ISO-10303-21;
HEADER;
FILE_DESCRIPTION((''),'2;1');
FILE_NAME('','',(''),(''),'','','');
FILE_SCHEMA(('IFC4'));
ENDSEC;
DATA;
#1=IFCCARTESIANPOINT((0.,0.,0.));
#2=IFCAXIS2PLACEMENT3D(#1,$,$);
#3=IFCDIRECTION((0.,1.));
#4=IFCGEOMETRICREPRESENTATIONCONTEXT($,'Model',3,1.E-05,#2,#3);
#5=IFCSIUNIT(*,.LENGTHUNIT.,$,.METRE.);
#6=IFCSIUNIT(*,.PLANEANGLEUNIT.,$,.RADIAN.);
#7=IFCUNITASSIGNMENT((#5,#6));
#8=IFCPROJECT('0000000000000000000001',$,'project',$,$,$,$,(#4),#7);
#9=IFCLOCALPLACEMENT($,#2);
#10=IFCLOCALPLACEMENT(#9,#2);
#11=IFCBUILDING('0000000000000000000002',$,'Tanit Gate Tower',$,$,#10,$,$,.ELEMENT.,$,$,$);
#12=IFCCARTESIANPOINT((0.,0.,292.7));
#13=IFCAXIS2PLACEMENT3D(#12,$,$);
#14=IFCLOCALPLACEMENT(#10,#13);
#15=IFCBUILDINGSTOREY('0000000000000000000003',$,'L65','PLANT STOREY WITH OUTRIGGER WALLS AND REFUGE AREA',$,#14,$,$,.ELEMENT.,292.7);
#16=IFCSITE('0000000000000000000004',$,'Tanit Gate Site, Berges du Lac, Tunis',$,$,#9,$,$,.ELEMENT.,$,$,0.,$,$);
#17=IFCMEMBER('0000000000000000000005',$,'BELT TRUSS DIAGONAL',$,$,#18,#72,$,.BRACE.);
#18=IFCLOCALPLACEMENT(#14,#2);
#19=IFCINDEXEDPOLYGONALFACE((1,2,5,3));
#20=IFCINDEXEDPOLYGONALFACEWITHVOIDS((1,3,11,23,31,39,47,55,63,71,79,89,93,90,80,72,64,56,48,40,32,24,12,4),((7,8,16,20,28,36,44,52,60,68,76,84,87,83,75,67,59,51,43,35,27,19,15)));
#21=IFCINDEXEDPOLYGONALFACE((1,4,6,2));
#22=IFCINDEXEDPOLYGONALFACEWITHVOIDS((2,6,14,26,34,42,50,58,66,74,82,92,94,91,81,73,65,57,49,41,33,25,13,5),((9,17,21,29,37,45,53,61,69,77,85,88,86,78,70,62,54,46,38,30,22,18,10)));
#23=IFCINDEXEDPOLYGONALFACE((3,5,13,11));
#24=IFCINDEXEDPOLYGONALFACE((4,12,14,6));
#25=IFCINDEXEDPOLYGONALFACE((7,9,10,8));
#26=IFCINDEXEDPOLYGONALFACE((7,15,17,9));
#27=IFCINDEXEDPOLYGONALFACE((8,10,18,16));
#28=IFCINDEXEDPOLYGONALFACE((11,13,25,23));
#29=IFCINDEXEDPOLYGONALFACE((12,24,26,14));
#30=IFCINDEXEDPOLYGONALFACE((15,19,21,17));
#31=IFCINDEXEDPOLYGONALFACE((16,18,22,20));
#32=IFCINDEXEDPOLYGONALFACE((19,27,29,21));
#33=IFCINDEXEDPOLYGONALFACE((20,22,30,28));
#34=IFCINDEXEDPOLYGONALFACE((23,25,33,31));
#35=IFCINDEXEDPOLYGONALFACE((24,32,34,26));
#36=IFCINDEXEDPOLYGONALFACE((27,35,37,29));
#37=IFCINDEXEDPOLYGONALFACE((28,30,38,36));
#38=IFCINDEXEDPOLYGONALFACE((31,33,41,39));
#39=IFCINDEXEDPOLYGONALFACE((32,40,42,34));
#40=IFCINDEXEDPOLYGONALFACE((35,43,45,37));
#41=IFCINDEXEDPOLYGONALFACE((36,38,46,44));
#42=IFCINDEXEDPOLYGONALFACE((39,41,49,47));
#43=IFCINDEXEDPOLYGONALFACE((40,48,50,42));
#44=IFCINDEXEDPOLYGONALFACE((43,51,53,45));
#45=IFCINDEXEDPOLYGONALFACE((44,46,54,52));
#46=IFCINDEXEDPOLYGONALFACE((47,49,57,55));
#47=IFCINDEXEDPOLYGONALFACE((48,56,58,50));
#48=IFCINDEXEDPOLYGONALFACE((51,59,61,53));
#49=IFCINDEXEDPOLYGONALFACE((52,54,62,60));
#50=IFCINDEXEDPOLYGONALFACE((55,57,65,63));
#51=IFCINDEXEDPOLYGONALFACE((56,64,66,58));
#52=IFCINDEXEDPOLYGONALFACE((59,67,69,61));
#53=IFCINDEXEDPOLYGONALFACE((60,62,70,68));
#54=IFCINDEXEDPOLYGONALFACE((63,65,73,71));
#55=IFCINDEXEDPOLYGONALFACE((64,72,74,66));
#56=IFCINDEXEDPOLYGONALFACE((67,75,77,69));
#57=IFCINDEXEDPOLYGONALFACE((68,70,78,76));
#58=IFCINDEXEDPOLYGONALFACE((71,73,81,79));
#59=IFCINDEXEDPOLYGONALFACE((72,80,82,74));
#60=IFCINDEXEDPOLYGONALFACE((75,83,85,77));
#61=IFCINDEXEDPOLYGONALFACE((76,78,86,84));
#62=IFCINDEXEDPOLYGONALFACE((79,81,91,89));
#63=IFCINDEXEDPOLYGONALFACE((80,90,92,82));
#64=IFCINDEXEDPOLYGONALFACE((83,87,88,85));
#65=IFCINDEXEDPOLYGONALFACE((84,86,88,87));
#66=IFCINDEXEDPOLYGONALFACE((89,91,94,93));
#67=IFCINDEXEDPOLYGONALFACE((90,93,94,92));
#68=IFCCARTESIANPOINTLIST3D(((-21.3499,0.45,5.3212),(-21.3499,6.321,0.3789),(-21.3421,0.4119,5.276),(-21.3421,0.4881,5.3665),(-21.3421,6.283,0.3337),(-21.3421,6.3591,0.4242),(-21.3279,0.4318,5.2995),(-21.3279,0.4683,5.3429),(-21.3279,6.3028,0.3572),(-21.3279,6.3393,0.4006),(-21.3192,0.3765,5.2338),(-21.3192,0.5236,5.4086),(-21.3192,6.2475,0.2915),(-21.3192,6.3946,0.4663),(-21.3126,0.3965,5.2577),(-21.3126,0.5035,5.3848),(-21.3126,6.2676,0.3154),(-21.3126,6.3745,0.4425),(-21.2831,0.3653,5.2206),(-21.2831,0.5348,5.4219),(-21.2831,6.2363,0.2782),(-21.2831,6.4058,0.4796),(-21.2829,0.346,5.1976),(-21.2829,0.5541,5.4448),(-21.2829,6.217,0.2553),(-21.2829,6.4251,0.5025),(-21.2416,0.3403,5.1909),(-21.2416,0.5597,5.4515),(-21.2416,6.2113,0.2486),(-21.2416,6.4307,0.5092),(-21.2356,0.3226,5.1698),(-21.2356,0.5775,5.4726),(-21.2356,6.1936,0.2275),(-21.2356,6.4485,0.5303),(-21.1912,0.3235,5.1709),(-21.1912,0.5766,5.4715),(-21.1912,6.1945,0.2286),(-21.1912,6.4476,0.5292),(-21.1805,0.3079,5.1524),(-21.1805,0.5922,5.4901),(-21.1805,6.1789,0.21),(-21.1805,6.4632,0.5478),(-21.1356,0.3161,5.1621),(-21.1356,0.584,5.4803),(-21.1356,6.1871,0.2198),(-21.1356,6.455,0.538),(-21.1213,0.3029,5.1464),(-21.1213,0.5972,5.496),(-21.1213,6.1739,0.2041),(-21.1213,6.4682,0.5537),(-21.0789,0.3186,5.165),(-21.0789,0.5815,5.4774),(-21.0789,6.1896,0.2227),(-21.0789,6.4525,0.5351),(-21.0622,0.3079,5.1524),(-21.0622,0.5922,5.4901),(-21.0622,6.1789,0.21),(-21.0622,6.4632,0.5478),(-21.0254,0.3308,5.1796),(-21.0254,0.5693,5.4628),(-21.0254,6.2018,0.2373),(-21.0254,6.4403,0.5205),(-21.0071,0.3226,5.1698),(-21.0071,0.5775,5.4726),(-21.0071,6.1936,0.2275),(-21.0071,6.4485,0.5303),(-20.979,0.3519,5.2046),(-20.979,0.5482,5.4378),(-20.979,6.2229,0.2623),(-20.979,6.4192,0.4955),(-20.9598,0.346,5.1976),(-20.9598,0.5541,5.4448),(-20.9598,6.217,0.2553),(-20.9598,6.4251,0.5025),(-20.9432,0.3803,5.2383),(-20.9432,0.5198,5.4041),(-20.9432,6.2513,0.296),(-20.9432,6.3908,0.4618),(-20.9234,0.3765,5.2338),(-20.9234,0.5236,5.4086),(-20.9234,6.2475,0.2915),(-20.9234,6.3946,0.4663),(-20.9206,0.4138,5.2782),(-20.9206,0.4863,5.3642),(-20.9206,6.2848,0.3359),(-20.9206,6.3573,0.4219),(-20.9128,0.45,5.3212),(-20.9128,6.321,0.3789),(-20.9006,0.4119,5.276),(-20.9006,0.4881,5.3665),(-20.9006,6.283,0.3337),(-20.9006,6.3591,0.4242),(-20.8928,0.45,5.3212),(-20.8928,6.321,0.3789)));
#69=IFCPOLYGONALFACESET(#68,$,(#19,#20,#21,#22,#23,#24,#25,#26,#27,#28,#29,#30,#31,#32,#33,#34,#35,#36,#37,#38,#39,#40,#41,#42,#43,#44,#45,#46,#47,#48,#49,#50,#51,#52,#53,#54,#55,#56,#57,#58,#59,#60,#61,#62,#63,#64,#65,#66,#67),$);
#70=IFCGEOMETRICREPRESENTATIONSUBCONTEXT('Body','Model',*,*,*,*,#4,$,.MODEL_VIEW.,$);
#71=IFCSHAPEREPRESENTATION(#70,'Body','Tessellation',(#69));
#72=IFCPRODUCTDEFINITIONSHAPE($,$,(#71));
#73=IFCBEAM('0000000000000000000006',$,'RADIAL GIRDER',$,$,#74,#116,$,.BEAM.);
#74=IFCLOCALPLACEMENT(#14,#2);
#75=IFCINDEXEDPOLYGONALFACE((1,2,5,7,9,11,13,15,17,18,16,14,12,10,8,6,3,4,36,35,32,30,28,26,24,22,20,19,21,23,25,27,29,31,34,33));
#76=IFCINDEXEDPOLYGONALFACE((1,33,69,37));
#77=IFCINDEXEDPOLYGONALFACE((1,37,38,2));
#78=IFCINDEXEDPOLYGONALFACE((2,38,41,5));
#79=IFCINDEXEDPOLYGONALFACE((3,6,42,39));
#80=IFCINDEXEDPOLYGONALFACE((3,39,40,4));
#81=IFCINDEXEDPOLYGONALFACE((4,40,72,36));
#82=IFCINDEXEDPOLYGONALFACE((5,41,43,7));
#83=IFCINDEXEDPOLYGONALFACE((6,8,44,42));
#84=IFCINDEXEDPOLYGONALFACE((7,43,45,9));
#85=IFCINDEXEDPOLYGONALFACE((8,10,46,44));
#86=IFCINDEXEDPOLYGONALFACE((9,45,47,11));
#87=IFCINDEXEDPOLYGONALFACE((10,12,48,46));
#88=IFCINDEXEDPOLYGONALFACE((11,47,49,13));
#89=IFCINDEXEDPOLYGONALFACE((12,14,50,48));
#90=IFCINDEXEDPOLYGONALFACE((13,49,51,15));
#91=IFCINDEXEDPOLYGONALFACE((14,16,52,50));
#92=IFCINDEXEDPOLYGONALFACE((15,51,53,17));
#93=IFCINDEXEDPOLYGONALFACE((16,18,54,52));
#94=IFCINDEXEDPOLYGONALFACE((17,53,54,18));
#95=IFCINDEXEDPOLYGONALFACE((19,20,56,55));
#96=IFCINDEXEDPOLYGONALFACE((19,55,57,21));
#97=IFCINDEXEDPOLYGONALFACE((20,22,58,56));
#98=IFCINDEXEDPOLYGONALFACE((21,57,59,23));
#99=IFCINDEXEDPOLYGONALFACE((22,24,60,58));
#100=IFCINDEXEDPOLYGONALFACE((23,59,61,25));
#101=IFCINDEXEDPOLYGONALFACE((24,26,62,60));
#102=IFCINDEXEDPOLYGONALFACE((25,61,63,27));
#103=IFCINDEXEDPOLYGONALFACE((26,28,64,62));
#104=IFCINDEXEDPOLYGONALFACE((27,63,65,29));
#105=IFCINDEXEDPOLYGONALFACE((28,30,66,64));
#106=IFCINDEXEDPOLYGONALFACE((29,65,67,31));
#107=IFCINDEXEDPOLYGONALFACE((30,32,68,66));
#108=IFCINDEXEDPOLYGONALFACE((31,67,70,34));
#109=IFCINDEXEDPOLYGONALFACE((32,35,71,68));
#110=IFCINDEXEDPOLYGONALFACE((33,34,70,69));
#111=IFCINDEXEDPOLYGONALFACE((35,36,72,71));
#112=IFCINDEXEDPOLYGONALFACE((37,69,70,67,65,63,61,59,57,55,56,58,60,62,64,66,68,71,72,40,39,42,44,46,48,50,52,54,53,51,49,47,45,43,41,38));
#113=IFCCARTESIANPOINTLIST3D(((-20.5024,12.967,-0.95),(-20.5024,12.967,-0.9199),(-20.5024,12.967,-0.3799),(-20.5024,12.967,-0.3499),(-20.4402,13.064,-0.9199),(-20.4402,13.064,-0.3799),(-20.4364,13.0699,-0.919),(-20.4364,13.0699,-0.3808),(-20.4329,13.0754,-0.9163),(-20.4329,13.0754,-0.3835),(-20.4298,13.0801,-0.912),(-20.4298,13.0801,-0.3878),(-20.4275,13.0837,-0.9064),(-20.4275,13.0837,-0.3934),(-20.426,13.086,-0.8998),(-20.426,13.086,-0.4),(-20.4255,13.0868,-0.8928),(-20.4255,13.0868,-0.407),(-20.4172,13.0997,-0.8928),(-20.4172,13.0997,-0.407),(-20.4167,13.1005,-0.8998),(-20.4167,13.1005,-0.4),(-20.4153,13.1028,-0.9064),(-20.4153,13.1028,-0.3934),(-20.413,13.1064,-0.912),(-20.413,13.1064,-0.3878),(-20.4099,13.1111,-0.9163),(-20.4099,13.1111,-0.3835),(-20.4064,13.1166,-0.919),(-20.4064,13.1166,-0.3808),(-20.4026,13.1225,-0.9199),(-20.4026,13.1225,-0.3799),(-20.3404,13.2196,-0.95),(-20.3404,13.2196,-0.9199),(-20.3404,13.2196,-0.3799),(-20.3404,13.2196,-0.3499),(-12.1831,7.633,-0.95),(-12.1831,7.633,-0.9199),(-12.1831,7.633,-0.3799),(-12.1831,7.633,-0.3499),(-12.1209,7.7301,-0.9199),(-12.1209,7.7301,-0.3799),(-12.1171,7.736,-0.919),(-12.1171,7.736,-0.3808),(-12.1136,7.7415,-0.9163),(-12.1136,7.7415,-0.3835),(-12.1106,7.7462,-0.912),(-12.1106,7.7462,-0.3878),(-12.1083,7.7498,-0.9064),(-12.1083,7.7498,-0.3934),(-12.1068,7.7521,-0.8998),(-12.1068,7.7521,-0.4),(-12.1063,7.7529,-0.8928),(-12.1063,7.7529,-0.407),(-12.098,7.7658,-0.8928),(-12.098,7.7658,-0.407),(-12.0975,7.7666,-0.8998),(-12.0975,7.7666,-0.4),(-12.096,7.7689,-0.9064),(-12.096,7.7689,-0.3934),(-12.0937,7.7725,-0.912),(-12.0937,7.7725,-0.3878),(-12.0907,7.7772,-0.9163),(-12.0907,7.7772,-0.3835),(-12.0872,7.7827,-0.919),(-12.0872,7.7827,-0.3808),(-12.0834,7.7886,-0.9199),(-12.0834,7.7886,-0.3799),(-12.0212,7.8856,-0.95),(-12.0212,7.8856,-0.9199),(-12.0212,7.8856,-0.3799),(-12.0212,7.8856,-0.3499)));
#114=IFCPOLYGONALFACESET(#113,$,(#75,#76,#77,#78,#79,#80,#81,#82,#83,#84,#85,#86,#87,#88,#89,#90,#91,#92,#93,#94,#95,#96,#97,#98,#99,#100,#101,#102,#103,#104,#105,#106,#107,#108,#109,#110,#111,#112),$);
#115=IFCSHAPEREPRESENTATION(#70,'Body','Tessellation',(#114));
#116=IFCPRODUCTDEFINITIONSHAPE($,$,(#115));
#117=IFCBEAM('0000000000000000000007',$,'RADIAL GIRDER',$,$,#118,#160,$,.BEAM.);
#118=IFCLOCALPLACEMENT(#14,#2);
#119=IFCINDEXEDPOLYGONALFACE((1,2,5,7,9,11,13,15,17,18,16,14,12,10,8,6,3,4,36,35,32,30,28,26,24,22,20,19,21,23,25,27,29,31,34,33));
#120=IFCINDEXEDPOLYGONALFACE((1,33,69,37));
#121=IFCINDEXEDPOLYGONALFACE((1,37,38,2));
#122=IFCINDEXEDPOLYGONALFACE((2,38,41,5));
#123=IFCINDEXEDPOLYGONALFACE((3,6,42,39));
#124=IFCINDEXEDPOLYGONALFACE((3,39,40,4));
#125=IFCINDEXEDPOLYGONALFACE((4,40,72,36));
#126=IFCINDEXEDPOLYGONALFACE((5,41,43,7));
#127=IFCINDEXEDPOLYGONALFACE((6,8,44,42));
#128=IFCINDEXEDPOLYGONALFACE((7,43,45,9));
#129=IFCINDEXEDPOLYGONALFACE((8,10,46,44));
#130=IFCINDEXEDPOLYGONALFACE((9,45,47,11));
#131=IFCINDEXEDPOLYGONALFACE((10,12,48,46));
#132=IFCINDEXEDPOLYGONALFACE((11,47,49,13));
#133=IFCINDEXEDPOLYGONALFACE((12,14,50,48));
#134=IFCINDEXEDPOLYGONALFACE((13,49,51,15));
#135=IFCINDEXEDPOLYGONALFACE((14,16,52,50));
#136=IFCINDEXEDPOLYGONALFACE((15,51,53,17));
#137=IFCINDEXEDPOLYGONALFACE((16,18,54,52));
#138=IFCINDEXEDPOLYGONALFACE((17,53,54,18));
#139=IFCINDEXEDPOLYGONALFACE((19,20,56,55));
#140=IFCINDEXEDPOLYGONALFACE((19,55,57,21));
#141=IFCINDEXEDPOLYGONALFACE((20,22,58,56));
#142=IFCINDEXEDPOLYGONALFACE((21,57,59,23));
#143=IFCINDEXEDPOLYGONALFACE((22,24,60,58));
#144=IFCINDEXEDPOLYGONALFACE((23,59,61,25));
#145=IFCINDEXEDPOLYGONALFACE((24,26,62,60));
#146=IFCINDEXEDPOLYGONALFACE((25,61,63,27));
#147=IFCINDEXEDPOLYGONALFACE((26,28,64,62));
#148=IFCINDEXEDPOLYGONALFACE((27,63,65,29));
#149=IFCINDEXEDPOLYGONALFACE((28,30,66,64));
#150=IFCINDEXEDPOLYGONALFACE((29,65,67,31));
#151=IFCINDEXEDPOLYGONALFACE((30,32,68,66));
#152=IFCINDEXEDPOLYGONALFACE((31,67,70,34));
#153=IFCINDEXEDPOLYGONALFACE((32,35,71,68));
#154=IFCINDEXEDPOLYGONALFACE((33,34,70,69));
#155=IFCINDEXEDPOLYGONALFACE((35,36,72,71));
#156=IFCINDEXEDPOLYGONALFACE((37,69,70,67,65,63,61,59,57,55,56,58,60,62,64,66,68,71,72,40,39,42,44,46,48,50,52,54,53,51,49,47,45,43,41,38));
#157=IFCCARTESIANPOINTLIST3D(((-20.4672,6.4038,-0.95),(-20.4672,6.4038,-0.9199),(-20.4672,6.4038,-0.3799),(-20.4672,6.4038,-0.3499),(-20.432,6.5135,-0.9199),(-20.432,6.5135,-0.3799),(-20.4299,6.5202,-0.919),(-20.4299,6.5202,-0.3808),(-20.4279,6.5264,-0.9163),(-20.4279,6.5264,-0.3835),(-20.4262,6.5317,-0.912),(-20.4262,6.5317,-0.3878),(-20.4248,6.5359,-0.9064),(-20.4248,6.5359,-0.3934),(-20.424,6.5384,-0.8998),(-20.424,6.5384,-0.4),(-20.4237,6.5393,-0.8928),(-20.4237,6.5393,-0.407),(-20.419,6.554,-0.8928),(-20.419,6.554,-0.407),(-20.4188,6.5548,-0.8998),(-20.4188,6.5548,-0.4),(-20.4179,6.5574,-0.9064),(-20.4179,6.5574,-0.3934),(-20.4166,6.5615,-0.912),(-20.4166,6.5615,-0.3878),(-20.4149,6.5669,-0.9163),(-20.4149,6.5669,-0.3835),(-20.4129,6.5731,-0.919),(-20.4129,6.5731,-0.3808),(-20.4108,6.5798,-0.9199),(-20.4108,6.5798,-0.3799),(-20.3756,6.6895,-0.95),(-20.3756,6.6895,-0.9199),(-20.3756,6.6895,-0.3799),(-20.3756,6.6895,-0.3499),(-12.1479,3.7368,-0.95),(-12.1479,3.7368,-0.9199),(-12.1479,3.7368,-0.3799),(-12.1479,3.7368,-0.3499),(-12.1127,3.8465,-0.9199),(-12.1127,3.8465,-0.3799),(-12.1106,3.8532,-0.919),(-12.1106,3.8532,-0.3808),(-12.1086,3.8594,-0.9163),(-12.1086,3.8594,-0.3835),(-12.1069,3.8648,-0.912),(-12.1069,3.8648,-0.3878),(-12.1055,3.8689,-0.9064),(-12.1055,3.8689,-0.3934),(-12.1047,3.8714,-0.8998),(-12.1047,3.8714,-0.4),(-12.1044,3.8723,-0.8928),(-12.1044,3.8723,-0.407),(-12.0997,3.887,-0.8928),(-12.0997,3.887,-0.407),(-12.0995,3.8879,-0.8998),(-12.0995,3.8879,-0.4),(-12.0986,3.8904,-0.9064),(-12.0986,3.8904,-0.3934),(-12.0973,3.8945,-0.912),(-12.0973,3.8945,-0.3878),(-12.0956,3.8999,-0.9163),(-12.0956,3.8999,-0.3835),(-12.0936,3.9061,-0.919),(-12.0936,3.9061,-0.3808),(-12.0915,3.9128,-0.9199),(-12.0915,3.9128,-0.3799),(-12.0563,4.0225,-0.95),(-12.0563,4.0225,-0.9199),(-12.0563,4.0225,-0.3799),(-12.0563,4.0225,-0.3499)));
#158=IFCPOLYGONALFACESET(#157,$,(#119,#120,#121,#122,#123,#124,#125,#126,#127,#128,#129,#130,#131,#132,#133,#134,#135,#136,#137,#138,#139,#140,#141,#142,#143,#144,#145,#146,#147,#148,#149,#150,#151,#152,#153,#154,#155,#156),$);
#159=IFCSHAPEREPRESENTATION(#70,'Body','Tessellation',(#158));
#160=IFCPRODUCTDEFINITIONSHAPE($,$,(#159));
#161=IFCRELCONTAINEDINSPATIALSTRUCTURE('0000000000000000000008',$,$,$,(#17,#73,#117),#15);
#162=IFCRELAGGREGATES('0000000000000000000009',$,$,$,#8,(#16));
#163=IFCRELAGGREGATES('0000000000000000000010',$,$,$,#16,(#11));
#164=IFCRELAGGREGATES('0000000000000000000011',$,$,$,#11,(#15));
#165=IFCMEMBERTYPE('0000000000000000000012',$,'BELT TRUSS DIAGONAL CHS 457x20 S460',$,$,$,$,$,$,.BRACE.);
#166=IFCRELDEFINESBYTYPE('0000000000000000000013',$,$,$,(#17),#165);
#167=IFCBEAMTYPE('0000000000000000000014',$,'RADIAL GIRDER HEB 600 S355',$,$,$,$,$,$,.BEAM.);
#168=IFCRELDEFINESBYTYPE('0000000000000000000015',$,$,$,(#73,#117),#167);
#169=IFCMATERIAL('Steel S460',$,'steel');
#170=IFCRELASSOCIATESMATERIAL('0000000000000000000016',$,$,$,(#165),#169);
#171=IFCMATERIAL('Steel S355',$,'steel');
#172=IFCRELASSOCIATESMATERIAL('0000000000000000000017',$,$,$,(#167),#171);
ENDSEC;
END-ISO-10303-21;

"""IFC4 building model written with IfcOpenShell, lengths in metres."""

from ifc_helpers import new_model, si_unit, direction, frame, origin, origin_2d, place, context, subcontext, project, spatial, hollow_circle, i_section, extrude, material, material_profile, profile_set, type_object, element, save


model = new_model("IFC4")

# Units and contexts
model_context = context("Model", 3, precision=1e-05, world=origin(), true_north=direction((0.0, 1.0)))
body_context = subcontext(model_context, "Body", "Model", "MODEL_VIEW")
ifc_project = project(units=[si_unit("LENGTHUNIT", "METRE"), si_unit("PLANEANGLEUNIT", "RADIAN")], contexts=[model_context])

# Site, building, storey
site_placement = place(None, origin())
site = spatial("IfcSite", under=ifc_project, at=site_placement, Name="Tanit Gate Site, Berges du Lac, Tunis", CompositionType="ELEMENT", RefElevation=0.0)
building_placement = place(site_placement, origin())
building = spatial("IfcBuilding", under=site, at=building_placement, Name="Tanit Gate Tower", CompositionType="ELEMENT")
storey_placement = place(building_placement, frame((0.0, 0.0, 292.7)))
storey = spatial("IfcBuildingStorey", under=building, at=storey_placement, Name="L65", Description="PLANT STOREY WITH OUTRIGGER WALLS AND REFUGE AREA", CompositionType="ELEMENT", Elevation=292.7)

# Member
ifc_material_1 = material(Name="Steel S460", Category="steel")
ifc_material_profile_1 = material_profile(ifc_material_1, hollow_circle(Radius=0.2285, WallThickness=0.02, at=origin_2d()), Name="CHS 457x20")
ifc_profile_set_1 = profile_set([ifc_material_profile_1], Name="Steel S460")
member_type = type_object("IfcMemberType", Name="BELT TRUSS DIAGONAL CHS 457x20 S460", PredefinedType="BRACE", material=ifc_profile_set_1)
for number, where, z_axis, x_axis, name in (
    (1, (-21.1213, 6.321, 0.3789), (0.0, -0.76502, 0.644006), (1.0, 0.0, 0.0), "BELT TRUSS DIAGONAL"),
):
    element("IfcMember", number, at=place(storey_placement, frame(where, z_axis=z_axis, x_axis=x_axis)), inside=storey, type_object=member_type, Name=name, PredefinedType="BRACE", context=body_context, shape_type="SweptSolid", body=[
        extrude(hollow_circle(Radius=0.2285, WallThickness=0.02, at=origin_2d()), origin(), (0.0, 0.0, 1.0), 7.6743),
    ])

# Beams
ifc_material_2 = material(Name="Steel S355", Category="steel")
ifc_material_profile_2 = material_profile(ifc_material_2, i_section(OverallWidth=0.3, OverallDepth=0.6001, WebThickness=0.0154, FlangeThickness=0.03, FilletRadius=0.0271, at=origin_2d()), Name="HEB 600")
ifc_profile_set_2 = profile_set([ifc_material_profile_2], Name="Steel S355")
beam_type_1 = type_object("IfcBeamType", Name="RADIAL GIRDER HEB 600 S355", PredefinedType="BEAM", material=ifc_profile_set_2)
beam_1_placement = place(storey_placement, frame((-20.4214, 13.0933, -0.6499), z_axis=(0.84183, -0.539743, 0.0), x_axis=(0.539743, 0.84183, 0.0)))
element("IfcBeam", 2, at=beam_1_placement, inside=storey, type_object=beam_type_1, Name="RADIAL GIRDER", PredefinedType="BEAM", context=body_context, shape_type="SweptSolid", body=[
    extrude(i_section(OverallWidth=0.3, OverallDepth=0.6001, WebThickness=0.0154, FlangeThickness=0.03, FilletRadius=0.0271, at=origin_2d()), origin(), (0.0, 0.0, 1.0), 9.8823),
])
beam_2_placement = place(storey_placement, frame((-20.4214, 6.5466, -0.6499), z_axis=(0.952264, -0.305275, 0.0), x_axis=(0.305275, 0.952264, 0.0)))
element("IfcBeam", 3, at=beam_2_placement, inside=storey, type_object=beam_type_1, Name="RADIAL GIRDER", PredefinedType="BEAM", context=body_context, shape_type="SweptSolid", body=[
    extrude(i_section(OverallWidth=0.3, OverallDepth=0.6001, WebThickness=0.0154, FlangeThickness=0.03, FilletRadius=0.0271, at=origin_2d()), origin(), (0.0, 0.0, 1.0), 8.7363),
])

save(model, "model.ifc")
